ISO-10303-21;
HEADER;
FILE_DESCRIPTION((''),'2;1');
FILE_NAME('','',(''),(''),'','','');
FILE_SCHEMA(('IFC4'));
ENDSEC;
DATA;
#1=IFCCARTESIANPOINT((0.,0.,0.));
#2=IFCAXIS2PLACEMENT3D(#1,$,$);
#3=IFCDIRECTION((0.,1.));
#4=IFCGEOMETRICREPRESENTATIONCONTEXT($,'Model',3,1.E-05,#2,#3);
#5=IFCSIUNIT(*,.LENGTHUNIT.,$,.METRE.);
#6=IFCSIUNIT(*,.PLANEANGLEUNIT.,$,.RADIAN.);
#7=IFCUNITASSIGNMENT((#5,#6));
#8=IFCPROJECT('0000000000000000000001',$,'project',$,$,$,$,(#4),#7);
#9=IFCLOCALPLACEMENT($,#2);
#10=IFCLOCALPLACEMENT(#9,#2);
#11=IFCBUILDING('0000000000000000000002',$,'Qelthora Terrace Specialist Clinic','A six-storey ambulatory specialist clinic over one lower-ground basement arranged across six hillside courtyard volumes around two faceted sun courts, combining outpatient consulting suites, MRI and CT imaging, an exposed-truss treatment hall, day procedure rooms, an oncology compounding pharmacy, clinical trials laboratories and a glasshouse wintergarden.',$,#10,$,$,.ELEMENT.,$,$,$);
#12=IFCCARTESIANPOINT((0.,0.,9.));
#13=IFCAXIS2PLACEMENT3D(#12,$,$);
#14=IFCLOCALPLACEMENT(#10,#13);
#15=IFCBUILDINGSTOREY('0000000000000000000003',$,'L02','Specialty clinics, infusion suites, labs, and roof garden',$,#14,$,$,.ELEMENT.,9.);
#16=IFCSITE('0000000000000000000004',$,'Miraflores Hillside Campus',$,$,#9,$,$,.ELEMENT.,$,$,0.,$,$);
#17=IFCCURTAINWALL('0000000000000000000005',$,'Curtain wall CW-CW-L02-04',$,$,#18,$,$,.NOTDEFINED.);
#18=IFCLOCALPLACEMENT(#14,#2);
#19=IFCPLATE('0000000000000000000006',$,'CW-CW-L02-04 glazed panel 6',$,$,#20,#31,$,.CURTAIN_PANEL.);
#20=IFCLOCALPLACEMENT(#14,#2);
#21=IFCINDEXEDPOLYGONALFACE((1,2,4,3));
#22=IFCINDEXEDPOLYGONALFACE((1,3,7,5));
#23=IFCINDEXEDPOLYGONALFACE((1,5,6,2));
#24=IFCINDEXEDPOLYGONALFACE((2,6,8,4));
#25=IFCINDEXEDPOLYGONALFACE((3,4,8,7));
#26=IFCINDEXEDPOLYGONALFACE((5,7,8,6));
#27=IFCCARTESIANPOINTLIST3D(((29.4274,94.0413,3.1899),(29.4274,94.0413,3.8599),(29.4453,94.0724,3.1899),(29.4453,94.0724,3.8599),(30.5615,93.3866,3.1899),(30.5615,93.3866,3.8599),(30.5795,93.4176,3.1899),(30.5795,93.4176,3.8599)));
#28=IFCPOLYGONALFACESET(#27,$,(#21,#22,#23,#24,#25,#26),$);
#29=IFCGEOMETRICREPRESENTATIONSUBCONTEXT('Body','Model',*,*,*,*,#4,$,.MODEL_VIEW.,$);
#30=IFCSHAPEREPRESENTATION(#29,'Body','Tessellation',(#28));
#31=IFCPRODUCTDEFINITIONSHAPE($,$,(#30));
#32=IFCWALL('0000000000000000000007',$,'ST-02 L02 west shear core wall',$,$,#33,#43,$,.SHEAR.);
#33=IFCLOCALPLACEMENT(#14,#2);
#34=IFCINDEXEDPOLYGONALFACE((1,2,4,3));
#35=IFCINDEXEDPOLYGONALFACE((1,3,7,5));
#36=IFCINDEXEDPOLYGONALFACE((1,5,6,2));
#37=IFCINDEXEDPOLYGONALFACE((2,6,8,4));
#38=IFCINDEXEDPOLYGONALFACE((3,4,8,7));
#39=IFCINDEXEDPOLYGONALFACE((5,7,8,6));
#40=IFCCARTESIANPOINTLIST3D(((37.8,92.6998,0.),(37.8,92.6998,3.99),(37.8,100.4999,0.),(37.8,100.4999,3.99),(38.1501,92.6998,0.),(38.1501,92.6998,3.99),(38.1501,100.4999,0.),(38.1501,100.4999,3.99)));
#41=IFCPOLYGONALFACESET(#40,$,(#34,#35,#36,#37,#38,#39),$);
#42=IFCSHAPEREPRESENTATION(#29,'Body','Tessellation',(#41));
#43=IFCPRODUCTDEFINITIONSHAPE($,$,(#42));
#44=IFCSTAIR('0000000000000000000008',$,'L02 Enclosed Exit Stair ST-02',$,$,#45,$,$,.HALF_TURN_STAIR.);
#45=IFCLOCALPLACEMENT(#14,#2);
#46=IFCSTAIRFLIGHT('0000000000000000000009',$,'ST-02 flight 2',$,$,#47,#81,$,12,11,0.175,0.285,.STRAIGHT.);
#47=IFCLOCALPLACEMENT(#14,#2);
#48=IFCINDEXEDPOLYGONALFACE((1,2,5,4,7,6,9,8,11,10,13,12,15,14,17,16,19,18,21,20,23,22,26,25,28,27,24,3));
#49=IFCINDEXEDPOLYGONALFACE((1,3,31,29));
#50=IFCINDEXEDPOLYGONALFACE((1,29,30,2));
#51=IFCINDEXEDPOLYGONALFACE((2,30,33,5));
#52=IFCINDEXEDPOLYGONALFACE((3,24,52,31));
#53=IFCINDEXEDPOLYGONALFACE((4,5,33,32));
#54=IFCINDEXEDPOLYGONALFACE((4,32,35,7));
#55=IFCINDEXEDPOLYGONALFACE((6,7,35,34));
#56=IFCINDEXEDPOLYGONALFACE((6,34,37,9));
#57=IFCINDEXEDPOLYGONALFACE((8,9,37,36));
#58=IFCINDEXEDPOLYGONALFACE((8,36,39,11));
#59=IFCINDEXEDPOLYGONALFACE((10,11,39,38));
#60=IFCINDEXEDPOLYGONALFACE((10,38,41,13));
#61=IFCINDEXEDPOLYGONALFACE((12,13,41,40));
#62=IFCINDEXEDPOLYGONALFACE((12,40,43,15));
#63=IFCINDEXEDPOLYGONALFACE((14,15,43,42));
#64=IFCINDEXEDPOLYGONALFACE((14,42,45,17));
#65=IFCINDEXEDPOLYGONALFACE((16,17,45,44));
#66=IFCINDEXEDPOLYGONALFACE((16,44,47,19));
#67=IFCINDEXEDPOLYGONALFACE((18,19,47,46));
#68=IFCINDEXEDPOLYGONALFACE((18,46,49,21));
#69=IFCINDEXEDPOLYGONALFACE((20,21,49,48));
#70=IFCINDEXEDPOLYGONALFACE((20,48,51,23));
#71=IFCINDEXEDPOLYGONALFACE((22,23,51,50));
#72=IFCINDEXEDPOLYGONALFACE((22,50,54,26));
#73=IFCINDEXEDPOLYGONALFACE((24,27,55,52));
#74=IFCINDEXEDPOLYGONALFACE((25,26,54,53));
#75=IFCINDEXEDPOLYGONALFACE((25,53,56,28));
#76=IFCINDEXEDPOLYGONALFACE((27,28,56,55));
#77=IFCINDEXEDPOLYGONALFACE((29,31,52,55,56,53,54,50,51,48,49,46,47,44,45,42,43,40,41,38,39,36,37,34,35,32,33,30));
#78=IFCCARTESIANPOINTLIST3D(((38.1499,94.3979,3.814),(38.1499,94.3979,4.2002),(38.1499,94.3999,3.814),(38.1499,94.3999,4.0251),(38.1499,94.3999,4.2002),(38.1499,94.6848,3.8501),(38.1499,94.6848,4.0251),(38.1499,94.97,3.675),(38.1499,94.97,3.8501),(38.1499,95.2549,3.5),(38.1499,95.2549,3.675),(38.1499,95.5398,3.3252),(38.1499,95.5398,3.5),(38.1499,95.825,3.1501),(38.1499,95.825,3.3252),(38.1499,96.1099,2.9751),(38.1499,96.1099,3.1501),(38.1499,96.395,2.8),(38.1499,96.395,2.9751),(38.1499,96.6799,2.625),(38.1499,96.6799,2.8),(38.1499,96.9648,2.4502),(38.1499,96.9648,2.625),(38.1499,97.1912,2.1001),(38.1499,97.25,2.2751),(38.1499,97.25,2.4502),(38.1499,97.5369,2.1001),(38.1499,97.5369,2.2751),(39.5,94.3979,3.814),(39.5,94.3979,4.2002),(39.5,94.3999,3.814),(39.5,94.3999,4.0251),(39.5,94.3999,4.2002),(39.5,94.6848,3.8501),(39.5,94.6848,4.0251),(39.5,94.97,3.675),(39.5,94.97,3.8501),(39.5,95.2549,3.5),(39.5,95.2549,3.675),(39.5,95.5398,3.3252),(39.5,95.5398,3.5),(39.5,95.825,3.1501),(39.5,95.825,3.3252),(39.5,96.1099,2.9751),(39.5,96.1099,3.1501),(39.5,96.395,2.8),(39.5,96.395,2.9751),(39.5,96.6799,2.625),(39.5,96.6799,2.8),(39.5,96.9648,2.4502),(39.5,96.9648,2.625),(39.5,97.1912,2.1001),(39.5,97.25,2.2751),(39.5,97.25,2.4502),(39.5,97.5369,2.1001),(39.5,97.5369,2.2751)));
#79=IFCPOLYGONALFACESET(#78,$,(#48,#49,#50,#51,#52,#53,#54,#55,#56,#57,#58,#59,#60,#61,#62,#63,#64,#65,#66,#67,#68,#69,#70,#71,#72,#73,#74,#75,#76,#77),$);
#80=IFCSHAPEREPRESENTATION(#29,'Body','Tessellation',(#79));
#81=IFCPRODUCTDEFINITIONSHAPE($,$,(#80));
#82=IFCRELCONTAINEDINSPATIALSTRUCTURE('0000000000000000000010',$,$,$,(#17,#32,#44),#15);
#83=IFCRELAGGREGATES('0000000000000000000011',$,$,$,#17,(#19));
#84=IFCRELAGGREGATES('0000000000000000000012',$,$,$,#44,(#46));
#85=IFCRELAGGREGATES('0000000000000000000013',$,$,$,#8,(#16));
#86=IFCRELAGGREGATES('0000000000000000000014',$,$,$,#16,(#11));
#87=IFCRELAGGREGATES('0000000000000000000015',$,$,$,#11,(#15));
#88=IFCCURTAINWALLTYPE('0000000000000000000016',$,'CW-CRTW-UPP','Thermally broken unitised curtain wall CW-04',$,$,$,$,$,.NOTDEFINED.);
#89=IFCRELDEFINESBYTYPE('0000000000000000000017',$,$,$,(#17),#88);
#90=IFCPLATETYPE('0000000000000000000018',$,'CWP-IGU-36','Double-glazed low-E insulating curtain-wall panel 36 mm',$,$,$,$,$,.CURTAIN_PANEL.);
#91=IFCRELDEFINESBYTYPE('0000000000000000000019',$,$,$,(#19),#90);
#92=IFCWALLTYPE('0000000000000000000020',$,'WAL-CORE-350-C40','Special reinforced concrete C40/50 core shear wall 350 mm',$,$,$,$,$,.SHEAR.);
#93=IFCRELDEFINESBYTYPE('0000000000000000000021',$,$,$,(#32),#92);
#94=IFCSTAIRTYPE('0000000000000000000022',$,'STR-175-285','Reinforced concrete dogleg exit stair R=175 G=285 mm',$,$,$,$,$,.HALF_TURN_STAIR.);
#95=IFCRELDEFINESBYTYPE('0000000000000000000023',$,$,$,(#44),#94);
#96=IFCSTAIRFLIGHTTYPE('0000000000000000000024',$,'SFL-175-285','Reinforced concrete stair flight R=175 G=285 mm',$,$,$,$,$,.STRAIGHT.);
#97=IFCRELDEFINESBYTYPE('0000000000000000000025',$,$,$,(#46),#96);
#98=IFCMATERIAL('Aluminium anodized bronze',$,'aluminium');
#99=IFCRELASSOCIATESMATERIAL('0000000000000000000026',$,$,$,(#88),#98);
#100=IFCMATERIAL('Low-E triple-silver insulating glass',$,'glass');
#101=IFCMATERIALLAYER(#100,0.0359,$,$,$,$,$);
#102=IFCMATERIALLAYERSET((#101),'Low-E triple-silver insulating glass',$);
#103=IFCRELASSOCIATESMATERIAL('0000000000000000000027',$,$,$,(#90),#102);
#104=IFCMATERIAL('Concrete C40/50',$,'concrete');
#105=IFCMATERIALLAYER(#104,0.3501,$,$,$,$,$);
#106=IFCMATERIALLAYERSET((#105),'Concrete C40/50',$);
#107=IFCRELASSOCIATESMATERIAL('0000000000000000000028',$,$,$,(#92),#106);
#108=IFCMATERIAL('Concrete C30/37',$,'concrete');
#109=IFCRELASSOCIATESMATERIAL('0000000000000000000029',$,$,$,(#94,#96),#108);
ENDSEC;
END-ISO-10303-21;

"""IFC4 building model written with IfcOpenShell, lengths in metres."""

from ifc_helpers import new_model, si_unit, direction, frame, frame_2d, origin, origin_2d, place, context, subcontext, project, spatial, polyline, rectangle, outline, extrude, material, layer, layer_set, type_object, element, aggregate, save


model = new_model("IFC4")

# Units and contexts
model_context = context("Model", 3, precision=1e-05, world=origin(), true_north=direction((0.0, 1.0)))
body_context = subcontext(model_context, "Body", "Model", "MODEL_VIEW")
ifc_project = project(units=[si_unit("LENGTHUNIT", "METRE"), si_unit("PLANEANGLEUNIT", "RADIAN")], contexts=[model_context])

# Site, building, storey
site_placement = place(None, origin())
site = spatial("IfcSite", under=ifc_project, at=site_placement, Name="Miraflores Hillside Campus", CompositionType="ELEMENT", RefElevation=0.0)
building_placement = place(site_placement, origin())
building = spatial("IfcBuilding", under=site, at=building_placement, Name="Qelthora Terrace Specialist Clinic", Description="A six-storey ambulatory specialist clinic over one lower-ground basement arranged across six hillside courtyard volumes around two faceted sun courts, combining outpatient consulting suites, MRI and CT imaging, an exposed-truss treatment hall, day procedure rooms, an oncology compounding pharmacy, clinical trials laboratories and a glasshouse wintergarden.", CompositionType="ELEMENT")
storey_placement = place(building_placement, frame((0.0, 0.0, 9.0)))
storey = spatial("IfcBuildingStorey", under=building, at=storey_placement, Name="L02", Description="Specialty clinics, infusion suites, labs, and roof garden", CompositionType="ELEMENT", Elevation=9.0)

# Curtain wall
ifc_material_1 = material(Name="Aluminium anodized bronze", Category="aluminium")
curtain_wall_type = type_object("IfcCurtainWallType", Name="CW-CRTW-UPP", Description="Thermally broken unitised curtain wall CW-04", PredefinedType="NOTDEFINED", material=ifc_material_1)
curtain_wall_1_placement = place(storey_placement, origin())
curtain_wall_1 = element("IfcCurtainWall", 1, at=curtain_wall_1_placement, inside=storey, type_object=curtain_wall_type, Name="Curtain wall CW-CW-L02-04", PredefinedType="NOTDEFINED")

# Plate
ifc_material_2 = material(Name="Low-E triple-silver insulating glass", Category="glass")
ifc_layer_1 = layer(ifc_material_2, 0.0359)
ifc_layer_set_1 = layer_set([ifc_layer_1], Name="Low-E triple-silver insulating glass")
plate_type = type_object("IfcPlateType", Name="CWP-IGU-36", Description="Double-glazed low-E insulating curtain-wall panel 36 mm", PredefinedType="CURTAIN_PANEL", material=ifc_layer_set_1)
plate_1_placement = place(storey_placement, frame((30.0034, 93.7295, 3.1899), z_axis=(0.0, 0.0, 1.0), x_axis=(-0.866025, 0.5, 0.0)))
plate_1 = element("IfcPlate", 2, at=plate_1_placement, type_object=plate_type, Name="CW-CW-L02-04 glazed panel 6", PredefinedType="CURTAIN_PANEL", context=body_context, shape_type="SweptSolid", body=[
    extrude(rectangle(XDim=1.3096, YDim=0.0359, at=origin_2d()), origin(), (0.0, 0.0, 1.0), 0.6699),
])
aggregate(curtain_wall_1, [plate_1])

# Wall
ifc_material_3 = material(Name="Concrete C40/50", Category="concrete")
ifc_layer_2 = layer(ifc_material_3, 0.3501)
ifc_layer_set_2 = layer_set([ifc_layer_2], Name="Concrete C40/50")
wall_type = type_object("IfcWallType", Name="WAL-CORE-350-C40", Description="Special reinforced concrete C40/50 core shear wall 350 mm", PredefinedType="SHEAR", material=ifc_layer_set_2)
wall_1_placement = place(storey_placement, frame((37.9751, 92.7, 0.0), z_axis=(0.0, 0.0, 1.0), x_axis=(0.0, 1.0, 0.0)))
element("IfcWall", 3, at=wall_1_placement, inside=storey, type_object=wall_type, Name="ST-02 L02 west shear core wall", PredefinedType="SHEAR", context=body_context, shape_type="SweptSolid", body=[
    extrude(rectangle(XDim=7.8, YDim=0.3501, at=frame_2d((3.8999, 0.0))), origin(), (0.0, 0.0, 1.0), 3.99),
])

# Stair, stair flight
ifc_material_4 = material(Name="Concrete C30/37", Category="concrete")
stair_type = type_object("IfcStairType", Name="STR-175-285", Description="Reinforced concrete dogleg exit stair R=175 G=285 mm", PredefinedType="HALF_TURN_STAIR", material=ifc_material_4)
stair_placement = place(storey_placement, origin())
stair = element("IfcStair", 4, at=stair_placement, inside=storey, type_object=stair_type, Name="L02 Enclosed Exit Stair ST-02", PredefinedType="HALF_TURN_STAIR")
stair_flight_type = type_object("IfcStairFlightType", Name="SFL-175-285", Description="Reinforced concrete stair flight R=175 G=285 mm", PredefinedType="STRAIGHT", material=ifc_material_4)
stair_flight_placement = place(storey_placement, frame((38.825, 97.5349, 2.1001), z_axis=(0.0, 0.0, 1.0), x_axis=(0.0, -1.0, 0.0)))
stair_flight = element("IfcStairFlight", 5, at=stair_flight_placement, type_object=stair_flight_type, Name="ST-02 flight 2", NumberOfRisers=12, NumberOfTreads=11, PredefinedType="STRAIGHT", RiserHeight=0.175, TreadLength=0.285, context=body_context, shape_type="SweptSolid", body=[
    extrude(outline(polyline([(-0.002, 0.0), (-0.002, 0.175), (0.2849, 0.175), (0.2849, 0.3501), (0.5701, 0.3501), (0.5701, 0.5249), (0.855, 0.5249), (0.855, 0.7), (1.1399, 0.7), (1.1399, 0.875), (1.425, 0.875), (1.425, 1.05), (1.71, 1.05), (1.71, 1.2251), (1.9951, 1.2251), (1.9951, 1.3999), (2.28, 1.3999), (2.28, 1.575), (2.5649, 1.575), (2.5649, 1.75), (2.8501, 1.75), (2.8501, 1.925), (3.135, 1.925), (3.135, 2.1001), (3.137, 2.1001), (3.137, 1.7139), (3.135, 1.7139), (0.3438, 0.0), (-0.002, 0.0)])), frame((0.0, 0.675, 0.0), z_axis=(0.0, -1.0, 0.0), x_axis=(1.0, 0.0, 0.0)), (0.0, 0.0, 1.0), 1.3501),
])
aggregate(stair, [stair_flight])

save(model, "model.ifc")
